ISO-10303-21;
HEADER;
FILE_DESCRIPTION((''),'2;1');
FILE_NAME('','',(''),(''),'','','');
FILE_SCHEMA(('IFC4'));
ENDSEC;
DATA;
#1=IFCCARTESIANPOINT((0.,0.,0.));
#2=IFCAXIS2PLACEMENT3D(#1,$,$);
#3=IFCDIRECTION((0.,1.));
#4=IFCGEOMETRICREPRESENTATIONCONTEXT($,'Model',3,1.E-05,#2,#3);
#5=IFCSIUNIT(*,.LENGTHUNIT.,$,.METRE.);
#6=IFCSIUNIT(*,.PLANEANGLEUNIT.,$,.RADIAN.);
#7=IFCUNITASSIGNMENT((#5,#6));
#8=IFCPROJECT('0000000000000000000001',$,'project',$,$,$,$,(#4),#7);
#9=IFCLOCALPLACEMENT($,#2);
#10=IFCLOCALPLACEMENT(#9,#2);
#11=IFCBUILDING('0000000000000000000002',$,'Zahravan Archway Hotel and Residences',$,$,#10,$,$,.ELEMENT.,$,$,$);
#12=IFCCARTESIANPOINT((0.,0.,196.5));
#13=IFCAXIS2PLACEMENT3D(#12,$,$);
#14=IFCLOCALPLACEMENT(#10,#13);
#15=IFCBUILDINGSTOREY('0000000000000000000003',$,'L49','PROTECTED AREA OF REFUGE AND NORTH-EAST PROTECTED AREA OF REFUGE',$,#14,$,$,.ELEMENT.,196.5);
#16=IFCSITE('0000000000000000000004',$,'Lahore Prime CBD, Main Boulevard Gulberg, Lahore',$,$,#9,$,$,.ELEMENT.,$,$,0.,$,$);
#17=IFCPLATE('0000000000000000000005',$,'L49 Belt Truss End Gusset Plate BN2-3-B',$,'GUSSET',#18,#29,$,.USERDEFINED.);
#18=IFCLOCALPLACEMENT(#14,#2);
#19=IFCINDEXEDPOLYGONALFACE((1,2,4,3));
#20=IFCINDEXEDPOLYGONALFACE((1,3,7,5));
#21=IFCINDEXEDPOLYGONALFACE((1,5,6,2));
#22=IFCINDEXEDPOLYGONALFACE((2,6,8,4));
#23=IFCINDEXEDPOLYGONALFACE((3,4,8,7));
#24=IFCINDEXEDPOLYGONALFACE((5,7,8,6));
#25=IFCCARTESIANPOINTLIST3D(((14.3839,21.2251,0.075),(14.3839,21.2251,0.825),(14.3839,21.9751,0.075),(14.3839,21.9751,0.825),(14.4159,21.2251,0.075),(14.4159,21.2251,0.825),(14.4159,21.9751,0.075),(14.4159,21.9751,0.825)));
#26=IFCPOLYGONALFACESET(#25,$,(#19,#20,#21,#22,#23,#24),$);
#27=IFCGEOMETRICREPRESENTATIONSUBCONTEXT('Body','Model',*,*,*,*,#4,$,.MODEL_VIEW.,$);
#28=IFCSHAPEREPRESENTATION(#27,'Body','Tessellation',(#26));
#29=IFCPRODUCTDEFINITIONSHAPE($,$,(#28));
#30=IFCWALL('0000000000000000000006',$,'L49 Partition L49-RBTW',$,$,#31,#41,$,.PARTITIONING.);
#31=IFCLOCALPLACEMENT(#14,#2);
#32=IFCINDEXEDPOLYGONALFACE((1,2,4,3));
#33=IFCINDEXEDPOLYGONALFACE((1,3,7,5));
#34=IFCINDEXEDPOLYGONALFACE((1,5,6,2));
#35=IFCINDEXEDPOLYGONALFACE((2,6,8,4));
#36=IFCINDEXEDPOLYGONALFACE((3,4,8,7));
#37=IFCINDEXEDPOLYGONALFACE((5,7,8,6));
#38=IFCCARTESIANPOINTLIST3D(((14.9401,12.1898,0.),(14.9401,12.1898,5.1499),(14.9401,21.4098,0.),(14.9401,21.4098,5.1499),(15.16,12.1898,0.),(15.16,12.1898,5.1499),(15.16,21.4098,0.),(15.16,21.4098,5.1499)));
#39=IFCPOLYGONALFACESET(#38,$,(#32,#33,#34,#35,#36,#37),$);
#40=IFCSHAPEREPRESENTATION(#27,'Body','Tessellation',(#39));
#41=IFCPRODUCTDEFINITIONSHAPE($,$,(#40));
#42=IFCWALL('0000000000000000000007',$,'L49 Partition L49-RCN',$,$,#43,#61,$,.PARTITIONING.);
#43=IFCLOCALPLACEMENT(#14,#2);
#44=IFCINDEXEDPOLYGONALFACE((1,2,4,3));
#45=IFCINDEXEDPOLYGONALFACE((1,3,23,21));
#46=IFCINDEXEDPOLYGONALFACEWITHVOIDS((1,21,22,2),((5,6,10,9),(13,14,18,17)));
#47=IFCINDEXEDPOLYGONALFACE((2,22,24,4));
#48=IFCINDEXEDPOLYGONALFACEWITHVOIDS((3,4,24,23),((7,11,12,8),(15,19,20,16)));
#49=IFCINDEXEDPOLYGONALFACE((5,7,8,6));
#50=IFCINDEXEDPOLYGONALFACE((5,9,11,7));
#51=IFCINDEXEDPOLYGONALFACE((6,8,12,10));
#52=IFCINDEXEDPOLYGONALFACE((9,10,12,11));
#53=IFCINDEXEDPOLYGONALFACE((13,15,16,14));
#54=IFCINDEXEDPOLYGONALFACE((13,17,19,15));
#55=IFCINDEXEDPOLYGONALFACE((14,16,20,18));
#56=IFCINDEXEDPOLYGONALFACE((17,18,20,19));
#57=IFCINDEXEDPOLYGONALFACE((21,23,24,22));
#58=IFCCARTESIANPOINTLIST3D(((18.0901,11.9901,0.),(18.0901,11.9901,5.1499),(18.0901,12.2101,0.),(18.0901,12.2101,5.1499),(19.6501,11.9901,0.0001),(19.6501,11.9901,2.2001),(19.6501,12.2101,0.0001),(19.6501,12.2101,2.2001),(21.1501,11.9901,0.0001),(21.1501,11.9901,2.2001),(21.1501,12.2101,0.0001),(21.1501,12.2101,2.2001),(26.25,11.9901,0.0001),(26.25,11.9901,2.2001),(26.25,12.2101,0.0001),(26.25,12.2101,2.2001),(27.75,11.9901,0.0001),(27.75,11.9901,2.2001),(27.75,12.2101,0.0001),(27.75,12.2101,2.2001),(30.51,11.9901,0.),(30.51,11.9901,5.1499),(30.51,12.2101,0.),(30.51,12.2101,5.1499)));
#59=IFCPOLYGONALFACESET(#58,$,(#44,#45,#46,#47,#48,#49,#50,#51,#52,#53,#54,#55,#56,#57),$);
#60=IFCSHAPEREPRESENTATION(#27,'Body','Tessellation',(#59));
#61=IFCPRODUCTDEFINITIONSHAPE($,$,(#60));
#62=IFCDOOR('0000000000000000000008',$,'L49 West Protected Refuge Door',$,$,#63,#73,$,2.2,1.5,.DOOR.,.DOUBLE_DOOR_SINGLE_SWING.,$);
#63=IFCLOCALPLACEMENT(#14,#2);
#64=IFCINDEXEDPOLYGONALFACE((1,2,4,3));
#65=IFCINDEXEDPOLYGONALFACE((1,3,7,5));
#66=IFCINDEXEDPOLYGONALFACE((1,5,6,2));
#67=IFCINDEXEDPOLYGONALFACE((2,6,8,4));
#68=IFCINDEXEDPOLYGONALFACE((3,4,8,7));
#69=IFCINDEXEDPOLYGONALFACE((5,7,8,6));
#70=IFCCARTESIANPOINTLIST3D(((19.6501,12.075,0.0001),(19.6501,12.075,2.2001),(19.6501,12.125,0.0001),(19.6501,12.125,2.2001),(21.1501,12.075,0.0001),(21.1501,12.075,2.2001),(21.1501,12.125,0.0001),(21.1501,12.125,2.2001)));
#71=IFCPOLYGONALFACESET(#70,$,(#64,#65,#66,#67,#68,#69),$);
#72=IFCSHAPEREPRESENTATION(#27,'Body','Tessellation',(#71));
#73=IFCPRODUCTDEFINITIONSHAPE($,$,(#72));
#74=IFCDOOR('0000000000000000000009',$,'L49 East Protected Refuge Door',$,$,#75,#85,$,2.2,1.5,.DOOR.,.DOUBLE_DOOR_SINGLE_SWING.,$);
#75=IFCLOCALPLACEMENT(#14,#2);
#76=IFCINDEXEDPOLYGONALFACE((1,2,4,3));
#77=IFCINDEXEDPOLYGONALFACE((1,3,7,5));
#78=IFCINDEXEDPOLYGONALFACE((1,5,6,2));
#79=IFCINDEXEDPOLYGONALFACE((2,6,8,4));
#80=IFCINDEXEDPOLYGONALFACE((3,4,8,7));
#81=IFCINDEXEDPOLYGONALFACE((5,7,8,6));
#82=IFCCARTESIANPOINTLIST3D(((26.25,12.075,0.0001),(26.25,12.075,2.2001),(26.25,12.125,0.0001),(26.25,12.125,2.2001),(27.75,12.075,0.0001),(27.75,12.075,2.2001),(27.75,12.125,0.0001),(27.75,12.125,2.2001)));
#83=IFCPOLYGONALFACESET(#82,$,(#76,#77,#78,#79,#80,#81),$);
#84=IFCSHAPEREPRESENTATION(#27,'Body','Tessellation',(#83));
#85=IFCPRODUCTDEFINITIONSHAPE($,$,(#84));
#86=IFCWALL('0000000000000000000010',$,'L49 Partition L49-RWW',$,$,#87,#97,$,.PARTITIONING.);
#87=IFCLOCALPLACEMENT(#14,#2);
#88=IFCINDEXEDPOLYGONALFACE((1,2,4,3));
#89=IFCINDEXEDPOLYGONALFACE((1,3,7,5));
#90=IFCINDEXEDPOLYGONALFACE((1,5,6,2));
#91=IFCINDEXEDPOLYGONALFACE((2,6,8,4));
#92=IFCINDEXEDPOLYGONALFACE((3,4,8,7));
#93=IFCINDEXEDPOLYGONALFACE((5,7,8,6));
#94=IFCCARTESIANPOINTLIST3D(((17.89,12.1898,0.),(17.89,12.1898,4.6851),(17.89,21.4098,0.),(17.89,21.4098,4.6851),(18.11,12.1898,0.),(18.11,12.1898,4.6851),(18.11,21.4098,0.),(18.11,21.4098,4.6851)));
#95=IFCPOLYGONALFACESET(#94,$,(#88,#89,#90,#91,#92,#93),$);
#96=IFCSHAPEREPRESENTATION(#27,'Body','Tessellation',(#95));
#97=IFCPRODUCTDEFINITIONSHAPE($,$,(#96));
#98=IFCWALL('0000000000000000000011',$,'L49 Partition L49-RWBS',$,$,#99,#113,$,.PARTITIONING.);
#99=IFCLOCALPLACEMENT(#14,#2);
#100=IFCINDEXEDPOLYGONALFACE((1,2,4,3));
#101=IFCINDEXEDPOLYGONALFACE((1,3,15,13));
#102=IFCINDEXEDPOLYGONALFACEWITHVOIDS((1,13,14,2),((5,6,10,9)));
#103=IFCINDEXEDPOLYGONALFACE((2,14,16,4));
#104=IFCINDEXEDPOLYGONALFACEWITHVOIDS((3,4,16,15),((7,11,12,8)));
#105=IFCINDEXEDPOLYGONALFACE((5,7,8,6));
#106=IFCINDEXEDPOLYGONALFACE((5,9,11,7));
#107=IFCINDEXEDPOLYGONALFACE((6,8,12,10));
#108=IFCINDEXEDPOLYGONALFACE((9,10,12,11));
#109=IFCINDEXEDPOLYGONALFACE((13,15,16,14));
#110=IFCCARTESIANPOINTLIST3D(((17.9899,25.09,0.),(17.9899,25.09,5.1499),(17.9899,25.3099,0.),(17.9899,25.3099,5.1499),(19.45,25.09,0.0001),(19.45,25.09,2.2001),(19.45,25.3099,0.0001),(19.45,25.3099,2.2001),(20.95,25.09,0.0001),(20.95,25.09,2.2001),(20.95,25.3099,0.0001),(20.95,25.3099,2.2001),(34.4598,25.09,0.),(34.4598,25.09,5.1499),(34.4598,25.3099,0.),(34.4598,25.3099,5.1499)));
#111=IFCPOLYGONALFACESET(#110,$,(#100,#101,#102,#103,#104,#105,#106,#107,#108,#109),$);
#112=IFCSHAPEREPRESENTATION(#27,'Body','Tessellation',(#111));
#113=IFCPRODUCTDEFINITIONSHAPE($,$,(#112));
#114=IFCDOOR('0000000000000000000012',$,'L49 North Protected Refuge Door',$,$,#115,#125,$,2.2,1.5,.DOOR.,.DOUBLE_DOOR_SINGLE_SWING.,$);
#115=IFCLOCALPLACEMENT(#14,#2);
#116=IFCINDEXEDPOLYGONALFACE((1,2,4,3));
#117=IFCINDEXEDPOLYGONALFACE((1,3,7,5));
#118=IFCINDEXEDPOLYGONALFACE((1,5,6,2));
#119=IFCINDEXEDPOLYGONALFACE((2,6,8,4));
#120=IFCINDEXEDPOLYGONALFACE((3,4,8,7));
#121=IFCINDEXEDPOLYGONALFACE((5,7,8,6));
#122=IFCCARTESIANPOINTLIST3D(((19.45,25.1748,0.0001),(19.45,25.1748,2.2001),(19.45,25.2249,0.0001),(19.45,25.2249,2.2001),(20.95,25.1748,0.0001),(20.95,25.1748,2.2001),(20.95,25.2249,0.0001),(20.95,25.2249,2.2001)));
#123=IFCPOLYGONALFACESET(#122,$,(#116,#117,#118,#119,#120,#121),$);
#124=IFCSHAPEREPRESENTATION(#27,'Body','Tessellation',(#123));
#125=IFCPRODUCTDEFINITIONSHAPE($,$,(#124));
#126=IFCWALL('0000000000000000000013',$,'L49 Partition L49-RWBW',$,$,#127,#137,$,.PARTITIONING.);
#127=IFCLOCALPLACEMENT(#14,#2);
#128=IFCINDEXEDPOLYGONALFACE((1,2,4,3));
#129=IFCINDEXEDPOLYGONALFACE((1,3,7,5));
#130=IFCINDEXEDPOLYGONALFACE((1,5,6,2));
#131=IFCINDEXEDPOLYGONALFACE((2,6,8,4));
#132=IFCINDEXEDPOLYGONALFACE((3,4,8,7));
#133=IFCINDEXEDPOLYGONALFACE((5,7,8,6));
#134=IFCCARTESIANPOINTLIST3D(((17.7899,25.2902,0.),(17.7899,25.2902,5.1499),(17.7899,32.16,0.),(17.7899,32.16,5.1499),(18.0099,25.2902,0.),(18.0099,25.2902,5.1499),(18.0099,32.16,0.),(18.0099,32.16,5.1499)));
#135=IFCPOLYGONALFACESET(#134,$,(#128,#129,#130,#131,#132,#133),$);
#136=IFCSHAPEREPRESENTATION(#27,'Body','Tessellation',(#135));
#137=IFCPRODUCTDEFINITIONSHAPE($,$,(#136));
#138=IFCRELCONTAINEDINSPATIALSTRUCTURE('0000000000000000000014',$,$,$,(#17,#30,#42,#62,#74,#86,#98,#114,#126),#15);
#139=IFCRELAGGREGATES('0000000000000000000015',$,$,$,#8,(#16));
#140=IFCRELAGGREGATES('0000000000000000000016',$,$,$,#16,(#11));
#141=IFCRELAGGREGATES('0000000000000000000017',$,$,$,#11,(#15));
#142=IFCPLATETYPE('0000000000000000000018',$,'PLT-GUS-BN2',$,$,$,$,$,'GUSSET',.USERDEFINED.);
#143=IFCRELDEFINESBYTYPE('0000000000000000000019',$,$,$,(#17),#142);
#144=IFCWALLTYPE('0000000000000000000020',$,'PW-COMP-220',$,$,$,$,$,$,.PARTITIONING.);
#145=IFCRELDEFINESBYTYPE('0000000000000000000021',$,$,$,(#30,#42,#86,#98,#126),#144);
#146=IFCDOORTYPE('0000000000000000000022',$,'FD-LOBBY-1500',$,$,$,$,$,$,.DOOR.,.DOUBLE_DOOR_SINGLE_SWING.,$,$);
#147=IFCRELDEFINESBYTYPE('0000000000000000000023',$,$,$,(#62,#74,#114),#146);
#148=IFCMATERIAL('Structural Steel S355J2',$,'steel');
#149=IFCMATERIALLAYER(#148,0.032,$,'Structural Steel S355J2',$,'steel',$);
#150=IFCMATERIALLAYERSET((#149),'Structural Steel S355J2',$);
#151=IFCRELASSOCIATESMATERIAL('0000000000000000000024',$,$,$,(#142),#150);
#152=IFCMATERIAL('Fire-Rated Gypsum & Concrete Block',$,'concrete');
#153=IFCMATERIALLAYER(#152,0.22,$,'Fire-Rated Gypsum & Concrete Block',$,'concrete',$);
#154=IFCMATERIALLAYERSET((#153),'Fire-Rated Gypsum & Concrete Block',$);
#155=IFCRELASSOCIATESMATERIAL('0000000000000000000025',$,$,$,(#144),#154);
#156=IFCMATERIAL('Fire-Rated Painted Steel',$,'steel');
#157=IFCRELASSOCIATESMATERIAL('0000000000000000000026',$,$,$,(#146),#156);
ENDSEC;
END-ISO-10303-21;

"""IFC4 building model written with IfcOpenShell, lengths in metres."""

from ifc_helpers import new_model, si_unit, direction, frame, frame_2d, origin, origin_2d, place, context, subcontext, project, spatial, rectangle, extrude, source, transform, mapped, material, layer, layer_set, type_object, type_shapes, element, fill, save


model = new_model("IFC4")

# Units and contexts
model_context = context("Model", 3, precision=1e-05, world=origin(), true_north=direction((0.0, 1.0)))
body_context = subcontext(model_context, "Body", "Model", "MODEL_VIEW")
ifc_project = project(units=[si_unit("LENGTHUNIT", "METRE"), si_unit("PLANEANGLEUNIT", "RADIAN")], contexts=[model_context])

# Site, building, storey
site_placement = place(None, origin())
site = spatial("IfcSite", under=ifc_project, at=site_placement, Name="Lahore Prime CBD, Main Boulevard Gulberg, Lahore", CompositionType="ELEMENT", RefElevation=0.0)
building_placement = place(site_placement, origin())
building = spatial("IfcBuilding", under=site, at=building_placement, Name="Zahravan Archway Hotel and Residences", CompositionType="ELEMENT")
storey_placement = place(building_placement, frame((0.0, 0.0, 196.5)))
storey = spatial("IfcBuildingStorey", under=building, at=storey_placement, Name="L49", Description="PROTECTED AREA OF REFUGE AND NORTH-EAST PROTECTED AREA OF REFUGE", CompositionType="ELEMENT", Elevation=196.5)

# Shared definitions
ifc_material_1 = material(Name="Structural Steel S355J2", Category="steel")

# Plate
ifc_layer_1 = layer(ifc_material_1, 0.032, Name="Structural Steel S355J2", Category="steel")
ifc_layer_set_1 = layer_set([ifc_layer_1], Name="Structural Steel S355J2")
plate_type_1 = type_object("IfcPlateType", Name="PLT-GUS-BN2", ElementType="GUSSET", PredefinedType="USERDEFINED", material=ifc_layer_set_1)
shared_shape_1 = source(origin(), body_context, "Body", "SweptSolid", [
    extrude(rectangle(XDim=0.75, YDim=0.032, at=origin_2d()), origin(), (0.0, 0.0, 1.0), 0.75),
])
type_shapes(plate_type_1, [shared_shape_1])
for number, where, z_axis, x_axis, name in (
    (1, (14.3999, 21.6001, 0.075), (0.0, 0.0, 1.0), (0.0, 1.0, 0.0), "L49 Belt Truss End Gusset Plate BN2-3-B"),
):
    element("IfcPlate", number, at=place(storey_placement, frame(where, z_axis=z_axis, x_axis=x_axis)), inside=storey, type_object=plate_type_1, Name=name, ObjectType="GUSSET", PredefinedType="USERDEFINED", context=body_context, shape_type="MappedRepresentation", body=[
        mapped(shared_shape_1, transform((0.0, 0.0, 0.0), scale=1.0)),
    ])

# Wall
ifc_material_2 = material(Name="Fire-Rated Gypsum & Concrete Block", Category="concrete")
ifc_layer_2 = layer(ifc_material_2, 0.22, Name="Fire-Rated Gypsum & Concrete Block", Category="concrete")
ifc_layer_set_2 = layer_set([ifc_layer_2], Name="Fire-Rated Gypsum & Concrete Block")
wall_type = type_object("IfcWallType", Name="PW-COMP-220", PredefinedType="PARTITIONING", material=ifc_layer_set_2)
wall_1_placement = place(storey_placement, frame((15.05, 12.1899, 0.0), z_axis=(0.0, 0.0, 1.0), x_axis=(0.0, 1.0, 0.0)))
element("IfcWall", 2, at=wall_1_placement, inside=storey, type_object=wall_type, Name="L49 Partition L49-RBTW", PredefinedType="PARTITIONING", context=body_context, shape_type="SweptSolid", body=[
    extrude(rectangle(XDim=9.22, YDim=0.22, at=frame_2d((4.6099, 0.0))), origin(), (0.0, 0.0, 1.0), 5.1499),
])

# Wall, openings, doors
wall_2_placement = place(storey_placement, frame((18.0901, 12.1001, 0.0), z_axis=(0.0, 0.0, 1.0), x_axis=(1.0, 0.0, 0.0)))
wall_2 = element("IfcWall", 3, at=wall_2_placement, inside=storey, type_object=wall_type, Name="L49 Partition L49-RCN", PredefinedType="PARTITIONING", context=body_context, shape_type="SweptSolid", body=[
    extrude(rectangle(XDim=12.4199, YDim=0.22, at=frame_2d((6.21, 0.0))), origin(), (0.0, 0.0, 1.0), 5.1499),
])
opening_1_placement = place(wall_2_placement, frame((1.5601, 0.0, 0.0)))
opening_1 = element("IfcOpeningElement", 4, at=opening_1_placement, cuts=wall_2, PredefinedType="OPENING", context=body_context, shape_type="SweptSolid", body=[
    extrude(rectangle(XDim=1.5, YDim=2.2, at=frame_2d((0.75, 1.1001))), frame((0.0, 0.1201, 0.0), z_axis=(0.0, -1.0, 0.0), x_axis=(1.0, 0.0, 0.0)), (0.0, 0.0, 1.0), 0.24),
])
opening_2_placement = place(wall_2_placement, frame((8.1599, 0.0, 0.0)))
opening_2 = element("IfcOpeningElement", 5, at=opening_2_placement, cuts=wall_2, PredefinedType="OPENING", context=body_context, shape_type="SweptSolid", body=[
    extrude(rectangle(XDim=1.5, YDim=2.2, at=frame_2d((0.75, 1.1001))), frame((0.0, 0.1201, 0.0), z_axis=(0.0, -1.0, 0.0), x_axis=(1.0, 0.0, 0.0)), (0.0, 0.0, 1.0), 0.24),
])
ifc_material_3 = material(Name="Fire-Rated Painted Steel", Category="steel")
door_type = type_object("IfcDoorType", Name="FD-LOBBY-1500", OperationType="DOUBLE_DOOR_SINGLE_SWING", PredefinedType="DOOR", material=ifc_material_3)
shared_shape_2 = source(origin(), body_context, "Body", "SweptSolid", [
    extrude(rectangle(XDim=1.5, YDim=2.2, at=frame_2d((0.75, 1.1001))), frame((0.0, 0.0249, 0.0), z_axis=(0.0, -1.0, 0.0), x_axis=(1.0, 0.0, 0.0)), (0.0, 0.0, 1.0), 0.05),
])
type_shapes(door_type, [shared_shape_2])
door_1_placement = place(opening_1_placement, origin())
door_1 = element("IfcDoor", 6, at=door_1_placement, inside=storey, type_object=door_type, Name="L49 West Protected Refuge Door", OperationType="DOUBLE_DOOR_SINGLE_SWING", OverallHeight=2.2, OverallWidth=1.5, PredefinedType="DOOR", context=body_context, shape_type="MappedRepresentation", body=[
    mapped(shared_shape_2, transform((0.0, 0.0, 0.0), scale=1.0)),
])
fill(opening_1, door_1)
door_2_placement = place(opening_2_placement, origin())
door_2 = element("IfcDoor", 7, at=door_2_placement, inside=storey, type_object=door_type, Name="L49 East Protected Refuge Door", OperationType="DOUBLE_DOOR_SINGLE_SWING", OverallHeight=2.2, OverallWidth=1.5, PredefinedType="DOOR", context=body_context, shape_type="MappedRepresentation", body=[
    mapped(shared_shape_2, transform((0.0, 0.0, 0.0), scale=1.0)),
])
fill(opening_2, door_2)

# Wall
wall_3_placement = place(storey_placement, frame((18.0, 12.1899, 0.0), z_axis=(0.0, 0.0, 1.0), x_axis=(0.0, 1.0, 0.0)))
element("IfcWall", 8, at=wall_3_placement, inside=storey, type_object=wall_type, Name="L49 Partition L49-RWW", PredefinedType="PARTITIONING", context=body_context, shape_type="SweptSolid", body=[
    extrude(rectangle(XDim=9.22, YDim=0.22, at=frame_2d((4.6099, 0.0))), origin(), (0.0, 0.0, 1.0), 4.6851),
])

# Wall, opening, door
wall_4_placement = place(storey_placement, frame((17.99, 25.2, 0.0), z_axis=(0.0, 0.0, 1.0), x_axis=(1.0, 0.0, 0.0)))
wall_4 = element("IfcWall", 9, at=wall_4_placement, inside=storey, type_object=wall_type, Name="L49 Partition L49-RWBS", PredefinedType="PARTITIONING", context=body_context, shape_type="SweptSolid", body=[
    extrude(rectangle(XDim=16.47, YDim=0.22, at=frame_2d((8.2349, 0.0))), origin(), (0.0, 0.0, 1.0), 5.1499),
])
opening_3_placement = place(wall_4_placement, frame((1.46, 0.0, 0.0)))
opening_3 = element("IfcOpeningElement", 10, at=opening_3_placement, cuts=wall_4, PredefinedType="OPENING", context=body_context, shape_type="SweptSolid", body=[
    extrude(rectangle(XDim=1.5, YDim=2.2, at=frame_2d((0.75, 1.1001))), frame((0.0, 0.1201, 0.0), z_axis=(0.0, -1.0, 0.0), x_axis=(1.0, 0.0, 0.0)), (0.0, 0.0, 1.0), 0.24),
])
door_3_placement = place(opening_3_placement, origin())
door_3 = element("IfcDoor", 11, at=door_3_placement, inside=storey, type_object=door_type, Name="L49 North Protected Refuge Door", OperationType="DOUBLE_DOOR_SINGLE_SWING", OverallHeight=2.2, OverallWidth=1.5, PredefinedType="DOOR", context=body_context, shape_type="MappedRepresentation", body=[
    mapped(shared_shape_2, transform((0.0, 0.0, 0.0), scale=1.0)),
])
fill(opening_3, door_3)

# Wall
wall_5_placement = place(storey_placement, frame((17.8999, 25.29, 0.0), z_axis=(0.0, 0.0, 1.0), x_axis=(0.0, 1.0, 0.0)))
element("IfcWall", 12, at=wall_5_placement, inside=storey, type_object=wall_type, Name="L49 Partition L49-RWBW", PredefinedType="PARTITIONING", context=body_context, shape_type="SweptSolid", body=[
    extrude(rectangle(XDim=6.8699, YDim=0.22, at=frame_2d((3.4351, 0.0))), origin(), (0.0, 0.0, 1.0), 5.1499),
])

save(model, "model.ifc")
